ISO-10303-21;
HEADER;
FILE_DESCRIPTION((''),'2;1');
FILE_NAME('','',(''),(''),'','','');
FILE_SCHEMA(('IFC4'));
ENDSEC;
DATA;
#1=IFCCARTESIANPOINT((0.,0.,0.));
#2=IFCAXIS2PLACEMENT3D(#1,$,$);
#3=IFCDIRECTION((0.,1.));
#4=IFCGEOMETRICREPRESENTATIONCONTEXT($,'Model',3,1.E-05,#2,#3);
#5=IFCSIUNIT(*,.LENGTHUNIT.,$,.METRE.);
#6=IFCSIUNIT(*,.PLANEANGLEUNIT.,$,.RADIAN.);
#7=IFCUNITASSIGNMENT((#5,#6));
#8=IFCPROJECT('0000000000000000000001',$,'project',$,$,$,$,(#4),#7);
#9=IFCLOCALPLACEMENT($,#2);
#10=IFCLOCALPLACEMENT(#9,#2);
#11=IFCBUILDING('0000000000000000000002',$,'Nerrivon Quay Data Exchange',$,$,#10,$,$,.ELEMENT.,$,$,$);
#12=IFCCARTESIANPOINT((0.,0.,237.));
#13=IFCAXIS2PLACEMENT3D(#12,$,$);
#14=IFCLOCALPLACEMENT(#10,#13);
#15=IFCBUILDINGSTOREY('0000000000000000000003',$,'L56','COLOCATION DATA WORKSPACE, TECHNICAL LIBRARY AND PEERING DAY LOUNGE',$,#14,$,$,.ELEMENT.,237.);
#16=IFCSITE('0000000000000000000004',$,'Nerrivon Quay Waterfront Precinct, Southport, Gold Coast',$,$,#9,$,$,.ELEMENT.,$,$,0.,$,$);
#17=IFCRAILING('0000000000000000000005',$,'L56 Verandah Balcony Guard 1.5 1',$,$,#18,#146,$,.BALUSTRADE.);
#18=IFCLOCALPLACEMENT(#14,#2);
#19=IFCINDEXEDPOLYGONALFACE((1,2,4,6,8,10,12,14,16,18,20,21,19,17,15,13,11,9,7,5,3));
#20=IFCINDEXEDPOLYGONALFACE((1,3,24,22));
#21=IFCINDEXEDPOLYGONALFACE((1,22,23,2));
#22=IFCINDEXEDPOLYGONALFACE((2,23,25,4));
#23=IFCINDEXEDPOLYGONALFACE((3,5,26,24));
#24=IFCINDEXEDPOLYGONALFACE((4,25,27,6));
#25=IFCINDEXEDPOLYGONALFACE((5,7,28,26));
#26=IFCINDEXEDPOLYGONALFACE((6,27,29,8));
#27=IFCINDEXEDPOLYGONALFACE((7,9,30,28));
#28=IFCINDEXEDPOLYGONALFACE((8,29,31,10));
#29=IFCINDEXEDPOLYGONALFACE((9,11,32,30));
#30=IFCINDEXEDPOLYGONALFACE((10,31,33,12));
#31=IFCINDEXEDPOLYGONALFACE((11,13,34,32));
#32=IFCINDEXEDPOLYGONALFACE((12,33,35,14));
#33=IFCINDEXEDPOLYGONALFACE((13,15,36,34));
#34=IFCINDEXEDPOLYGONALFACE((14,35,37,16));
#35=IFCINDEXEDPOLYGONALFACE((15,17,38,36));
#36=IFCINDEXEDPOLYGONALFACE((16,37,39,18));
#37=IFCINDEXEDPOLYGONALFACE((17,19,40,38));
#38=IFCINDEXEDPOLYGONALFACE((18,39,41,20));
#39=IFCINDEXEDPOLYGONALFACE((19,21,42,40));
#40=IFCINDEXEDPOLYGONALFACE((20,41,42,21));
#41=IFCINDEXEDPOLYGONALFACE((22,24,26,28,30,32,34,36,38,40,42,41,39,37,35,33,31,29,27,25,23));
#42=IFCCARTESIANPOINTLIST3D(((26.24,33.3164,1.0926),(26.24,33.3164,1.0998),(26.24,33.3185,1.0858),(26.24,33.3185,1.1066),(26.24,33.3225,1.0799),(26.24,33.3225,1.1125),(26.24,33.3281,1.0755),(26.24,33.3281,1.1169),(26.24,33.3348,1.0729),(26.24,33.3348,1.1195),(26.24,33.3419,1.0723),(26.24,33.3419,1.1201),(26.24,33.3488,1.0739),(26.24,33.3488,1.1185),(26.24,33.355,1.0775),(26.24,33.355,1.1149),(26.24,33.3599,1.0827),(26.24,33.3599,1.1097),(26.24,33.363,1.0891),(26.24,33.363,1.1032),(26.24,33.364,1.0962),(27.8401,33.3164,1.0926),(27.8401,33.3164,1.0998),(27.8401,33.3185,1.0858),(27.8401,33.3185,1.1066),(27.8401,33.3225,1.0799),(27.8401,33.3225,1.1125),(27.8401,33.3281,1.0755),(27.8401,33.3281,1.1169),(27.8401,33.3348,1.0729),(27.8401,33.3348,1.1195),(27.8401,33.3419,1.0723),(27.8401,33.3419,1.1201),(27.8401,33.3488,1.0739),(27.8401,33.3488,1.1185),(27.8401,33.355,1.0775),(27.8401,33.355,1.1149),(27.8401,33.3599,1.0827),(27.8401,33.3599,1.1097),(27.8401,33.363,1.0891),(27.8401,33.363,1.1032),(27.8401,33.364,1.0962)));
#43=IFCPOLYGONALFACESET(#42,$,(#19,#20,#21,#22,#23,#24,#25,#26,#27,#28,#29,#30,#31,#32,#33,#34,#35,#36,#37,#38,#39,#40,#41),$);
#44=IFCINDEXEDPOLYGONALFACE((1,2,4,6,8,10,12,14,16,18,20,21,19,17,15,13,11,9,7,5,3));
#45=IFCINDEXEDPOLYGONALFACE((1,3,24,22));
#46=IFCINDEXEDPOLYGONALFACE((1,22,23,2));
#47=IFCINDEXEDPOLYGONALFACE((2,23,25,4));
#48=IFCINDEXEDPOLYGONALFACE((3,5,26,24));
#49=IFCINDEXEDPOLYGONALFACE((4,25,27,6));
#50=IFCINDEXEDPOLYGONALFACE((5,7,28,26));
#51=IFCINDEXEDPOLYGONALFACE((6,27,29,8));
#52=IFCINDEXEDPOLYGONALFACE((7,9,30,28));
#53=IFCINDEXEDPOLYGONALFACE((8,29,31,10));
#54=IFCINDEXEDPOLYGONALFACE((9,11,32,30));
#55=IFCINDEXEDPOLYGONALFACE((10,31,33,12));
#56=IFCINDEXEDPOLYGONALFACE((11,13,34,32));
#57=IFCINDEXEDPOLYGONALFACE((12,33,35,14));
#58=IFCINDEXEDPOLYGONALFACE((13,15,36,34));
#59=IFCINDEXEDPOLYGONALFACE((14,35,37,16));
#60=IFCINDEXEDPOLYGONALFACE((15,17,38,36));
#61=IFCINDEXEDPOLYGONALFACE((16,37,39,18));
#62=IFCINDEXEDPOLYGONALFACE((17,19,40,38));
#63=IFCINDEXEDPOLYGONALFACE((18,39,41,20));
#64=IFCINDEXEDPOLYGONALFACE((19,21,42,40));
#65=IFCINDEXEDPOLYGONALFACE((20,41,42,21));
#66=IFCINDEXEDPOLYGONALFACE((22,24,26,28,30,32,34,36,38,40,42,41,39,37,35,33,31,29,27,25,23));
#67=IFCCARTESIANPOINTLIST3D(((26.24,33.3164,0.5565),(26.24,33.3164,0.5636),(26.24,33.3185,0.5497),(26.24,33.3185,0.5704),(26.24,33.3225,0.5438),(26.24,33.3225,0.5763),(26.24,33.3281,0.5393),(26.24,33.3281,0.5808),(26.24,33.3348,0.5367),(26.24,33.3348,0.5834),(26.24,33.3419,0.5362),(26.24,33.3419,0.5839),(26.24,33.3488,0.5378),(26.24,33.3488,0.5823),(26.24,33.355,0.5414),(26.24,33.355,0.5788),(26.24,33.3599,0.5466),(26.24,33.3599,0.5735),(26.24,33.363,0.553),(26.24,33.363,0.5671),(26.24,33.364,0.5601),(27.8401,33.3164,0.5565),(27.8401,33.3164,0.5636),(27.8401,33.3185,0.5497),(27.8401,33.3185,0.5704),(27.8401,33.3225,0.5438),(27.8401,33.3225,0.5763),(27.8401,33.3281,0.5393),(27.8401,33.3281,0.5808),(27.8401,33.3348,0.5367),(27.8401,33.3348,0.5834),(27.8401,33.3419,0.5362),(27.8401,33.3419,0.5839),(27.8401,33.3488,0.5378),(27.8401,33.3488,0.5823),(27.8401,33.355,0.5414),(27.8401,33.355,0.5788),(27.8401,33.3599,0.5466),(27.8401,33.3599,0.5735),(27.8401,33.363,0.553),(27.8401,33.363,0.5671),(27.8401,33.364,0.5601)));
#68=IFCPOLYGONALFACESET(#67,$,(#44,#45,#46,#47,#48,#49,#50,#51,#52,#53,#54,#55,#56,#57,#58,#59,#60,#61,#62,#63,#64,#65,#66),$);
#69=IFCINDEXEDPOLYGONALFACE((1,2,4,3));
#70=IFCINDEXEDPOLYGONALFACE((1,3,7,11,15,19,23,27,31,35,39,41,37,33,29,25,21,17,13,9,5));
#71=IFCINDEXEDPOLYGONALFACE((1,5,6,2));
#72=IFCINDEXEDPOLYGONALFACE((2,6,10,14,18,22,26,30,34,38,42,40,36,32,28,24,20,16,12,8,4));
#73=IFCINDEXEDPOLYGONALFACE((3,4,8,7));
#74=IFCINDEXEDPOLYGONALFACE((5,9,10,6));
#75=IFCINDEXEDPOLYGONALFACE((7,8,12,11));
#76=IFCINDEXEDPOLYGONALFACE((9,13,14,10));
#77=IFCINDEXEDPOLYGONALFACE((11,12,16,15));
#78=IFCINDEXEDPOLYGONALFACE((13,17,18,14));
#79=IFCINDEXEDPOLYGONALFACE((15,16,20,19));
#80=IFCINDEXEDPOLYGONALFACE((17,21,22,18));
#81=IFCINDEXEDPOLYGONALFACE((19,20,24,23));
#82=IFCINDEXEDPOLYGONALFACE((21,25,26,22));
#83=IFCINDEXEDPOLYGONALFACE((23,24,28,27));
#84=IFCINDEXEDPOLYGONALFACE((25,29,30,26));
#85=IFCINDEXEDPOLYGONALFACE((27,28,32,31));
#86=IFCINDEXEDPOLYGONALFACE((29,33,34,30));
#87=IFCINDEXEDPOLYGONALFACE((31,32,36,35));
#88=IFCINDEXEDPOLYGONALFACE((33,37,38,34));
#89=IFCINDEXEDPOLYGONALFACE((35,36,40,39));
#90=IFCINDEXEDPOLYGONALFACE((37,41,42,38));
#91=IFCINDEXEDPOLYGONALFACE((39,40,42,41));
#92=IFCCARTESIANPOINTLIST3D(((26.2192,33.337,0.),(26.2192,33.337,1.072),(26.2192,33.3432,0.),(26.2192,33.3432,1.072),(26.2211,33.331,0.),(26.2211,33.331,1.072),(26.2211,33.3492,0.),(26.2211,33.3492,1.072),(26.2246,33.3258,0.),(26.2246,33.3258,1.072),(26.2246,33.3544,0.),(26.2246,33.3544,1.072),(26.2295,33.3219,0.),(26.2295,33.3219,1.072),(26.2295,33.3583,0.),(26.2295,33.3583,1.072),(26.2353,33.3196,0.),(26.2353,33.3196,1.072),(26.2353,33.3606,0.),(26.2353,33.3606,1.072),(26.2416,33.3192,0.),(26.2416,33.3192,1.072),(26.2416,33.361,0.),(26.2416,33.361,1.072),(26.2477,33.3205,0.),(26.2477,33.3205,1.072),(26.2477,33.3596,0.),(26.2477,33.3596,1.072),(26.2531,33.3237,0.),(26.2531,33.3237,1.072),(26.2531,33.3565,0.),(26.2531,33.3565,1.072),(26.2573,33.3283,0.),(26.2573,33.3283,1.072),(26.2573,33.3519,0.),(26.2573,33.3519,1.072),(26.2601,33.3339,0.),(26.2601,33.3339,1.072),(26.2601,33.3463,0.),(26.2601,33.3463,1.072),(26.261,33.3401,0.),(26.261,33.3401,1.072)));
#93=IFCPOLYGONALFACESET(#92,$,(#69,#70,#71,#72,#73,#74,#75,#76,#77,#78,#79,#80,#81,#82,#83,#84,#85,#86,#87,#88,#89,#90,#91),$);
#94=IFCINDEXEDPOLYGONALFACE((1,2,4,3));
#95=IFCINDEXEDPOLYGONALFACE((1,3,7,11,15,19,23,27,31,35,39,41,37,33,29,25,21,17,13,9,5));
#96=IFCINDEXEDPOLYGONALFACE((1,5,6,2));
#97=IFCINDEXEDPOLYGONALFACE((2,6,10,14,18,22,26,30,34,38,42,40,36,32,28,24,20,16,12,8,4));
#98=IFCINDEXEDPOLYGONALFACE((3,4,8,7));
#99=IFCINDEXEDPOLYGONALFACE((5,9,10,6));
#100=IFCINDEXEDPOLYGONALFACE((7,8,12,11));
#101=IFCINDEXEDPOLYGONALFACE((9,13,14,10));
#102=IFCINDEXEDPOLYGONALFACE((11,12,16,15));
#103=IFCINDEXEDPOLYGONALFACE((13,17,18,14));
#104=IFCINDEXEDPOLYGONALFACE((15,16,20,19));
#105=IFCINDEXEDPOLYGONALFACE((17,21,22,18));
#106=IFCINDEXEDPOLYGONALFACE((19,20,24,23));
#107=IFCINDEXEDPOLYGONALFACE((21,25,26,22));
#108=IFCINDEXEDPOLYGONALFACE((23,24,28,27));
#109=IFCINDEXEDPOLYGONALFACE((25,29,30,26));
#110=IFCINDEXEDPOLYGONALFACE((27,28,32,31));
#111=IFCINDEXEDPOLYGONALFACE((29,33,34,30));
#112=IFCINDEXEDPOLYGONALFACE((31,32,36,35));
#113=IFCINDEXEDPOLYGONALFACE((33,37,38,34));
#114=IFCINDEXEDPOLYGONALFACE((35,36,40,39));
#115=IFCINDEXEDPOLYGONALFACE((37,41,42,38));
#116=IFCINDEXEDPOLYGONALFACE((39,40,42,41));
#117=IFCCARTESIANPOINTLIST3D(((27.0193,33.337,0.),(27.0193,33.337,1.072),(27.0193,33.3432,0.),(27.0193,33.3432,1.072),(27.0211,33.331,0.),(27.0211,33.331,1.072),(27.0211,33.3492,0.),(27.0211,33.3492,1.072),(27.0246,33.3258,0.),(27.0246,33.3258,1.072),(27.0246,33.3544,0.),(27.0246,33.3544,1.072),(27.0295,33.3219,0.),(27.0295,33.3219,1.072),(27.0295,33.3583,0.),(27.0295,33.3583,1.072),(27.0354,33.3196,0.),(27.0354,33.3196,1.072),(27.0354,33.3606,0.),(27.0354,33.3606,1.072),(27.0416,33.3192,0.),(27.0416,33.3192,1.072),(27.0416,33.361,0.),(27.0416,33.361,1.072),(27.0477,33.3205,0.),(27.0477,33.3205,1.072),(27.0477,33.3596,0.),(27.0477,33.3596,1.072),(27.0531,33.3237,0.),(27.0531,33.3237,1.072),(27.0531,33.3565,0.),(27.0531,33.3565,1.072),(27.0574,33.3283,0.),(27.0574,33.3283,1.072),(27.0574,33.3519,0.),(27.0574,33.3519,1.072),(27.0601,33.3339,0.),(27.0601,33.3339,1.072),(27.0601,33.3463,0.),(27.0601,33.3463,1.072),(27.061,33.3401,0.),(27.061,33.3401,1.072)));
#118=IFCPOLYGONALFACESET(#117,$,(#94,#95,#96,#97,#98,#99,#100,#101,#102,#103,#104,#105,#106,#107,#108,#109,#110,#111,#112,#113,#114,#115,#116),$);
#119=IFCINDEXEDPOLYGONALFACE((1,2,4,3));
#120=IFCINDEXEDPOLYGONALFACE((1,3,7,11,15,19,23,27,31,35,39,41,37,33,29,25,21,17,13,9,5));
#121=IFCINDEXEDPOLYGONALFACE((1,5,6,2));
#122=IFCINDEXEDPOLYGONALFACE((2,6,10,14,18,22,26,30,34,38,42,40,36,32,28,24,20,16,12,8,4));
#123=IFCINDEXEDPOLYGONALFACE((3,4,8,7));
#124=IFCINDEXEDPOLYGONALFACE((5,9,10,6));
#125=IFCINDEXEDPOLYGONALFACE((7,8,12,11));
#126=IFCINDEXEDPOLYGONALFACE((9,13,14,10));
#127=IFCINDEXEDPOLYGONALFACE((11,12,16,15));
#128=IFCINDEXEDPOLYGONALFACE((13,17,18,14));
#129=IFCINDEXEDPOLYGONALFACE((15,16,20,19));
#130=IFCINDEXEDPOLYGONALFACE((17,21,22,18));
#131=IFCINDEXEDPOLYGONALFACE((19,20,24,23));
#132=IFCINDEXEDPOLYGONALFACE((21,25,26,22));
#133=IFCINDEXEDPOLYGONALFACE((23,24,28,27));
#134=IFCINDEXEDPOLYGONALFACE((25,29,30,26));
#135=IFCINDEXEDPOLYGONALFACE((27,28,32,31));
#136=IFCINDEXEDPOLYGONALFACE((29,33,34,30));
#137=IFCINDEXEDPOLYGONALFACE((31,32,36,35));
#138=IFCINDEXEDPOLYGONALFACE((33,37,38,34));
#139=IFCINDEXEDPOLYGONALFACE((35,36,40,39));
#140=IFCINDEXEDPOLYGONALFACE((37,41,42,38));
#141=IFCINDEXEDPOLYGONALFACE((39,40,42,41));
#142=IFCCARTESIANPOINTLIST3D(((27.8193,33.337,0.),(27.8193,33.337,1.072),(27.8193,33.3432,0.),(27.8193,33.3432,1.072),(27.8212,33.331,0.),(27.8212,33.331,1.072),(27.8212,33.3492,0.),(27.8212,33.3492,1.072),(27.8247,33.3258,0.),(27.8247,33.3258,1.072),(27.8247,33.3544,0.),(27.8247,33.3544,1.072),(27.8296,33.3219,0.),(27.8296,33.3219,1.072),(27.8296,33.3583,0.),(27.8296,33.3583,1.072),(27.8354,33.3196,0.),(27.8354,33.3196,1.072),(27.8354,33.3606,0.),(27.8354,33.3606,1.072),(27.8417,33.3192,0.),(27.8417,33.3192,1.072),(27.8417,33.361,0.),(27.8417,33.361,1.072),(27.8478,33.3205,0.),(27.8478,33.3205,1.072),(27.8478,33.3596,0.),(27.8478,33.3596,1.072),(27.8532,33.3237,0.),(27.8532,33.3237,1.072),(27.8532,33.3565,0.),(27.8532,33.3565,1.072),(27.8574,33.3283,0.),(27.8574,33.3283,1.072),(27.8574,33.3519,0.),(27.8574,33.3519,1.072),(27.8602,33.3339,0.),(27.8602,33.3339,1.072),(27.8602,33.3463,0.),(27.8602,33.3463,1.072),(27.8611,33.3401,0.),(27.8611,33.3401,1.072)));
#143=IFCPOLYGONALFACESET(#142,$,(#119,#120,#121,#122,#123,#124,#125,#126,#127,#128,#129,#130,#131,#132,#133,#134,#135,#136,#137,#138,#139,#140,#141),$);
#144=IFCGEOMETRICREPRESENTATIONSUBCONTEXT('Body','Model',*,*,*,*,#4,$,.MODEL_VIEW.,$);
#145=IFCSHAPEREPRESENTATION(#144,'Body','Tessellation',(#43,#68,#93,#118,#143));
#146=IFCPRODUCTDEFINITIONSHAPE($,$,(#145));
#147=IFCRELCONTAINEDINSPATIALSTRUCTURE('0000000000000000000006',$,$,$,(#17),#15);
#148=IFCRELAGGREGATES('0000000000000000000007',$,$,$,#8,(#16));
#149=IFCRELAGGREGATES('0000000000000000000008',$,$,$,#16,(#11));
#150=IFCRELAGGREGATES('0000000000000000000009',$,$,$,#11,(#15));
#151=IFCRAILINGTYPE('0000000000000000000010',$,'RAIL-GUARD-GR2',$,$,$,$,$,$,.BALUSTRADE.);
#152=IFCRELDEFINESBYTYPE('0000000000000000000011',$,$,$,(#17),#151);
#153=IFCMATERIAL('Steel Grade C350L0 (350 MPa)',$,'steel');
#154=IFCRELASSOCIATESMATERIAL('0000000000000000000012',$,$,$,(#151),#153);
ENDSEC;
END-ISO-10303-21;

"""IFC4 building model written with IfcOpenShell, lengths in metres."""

from ifc_helpers import new_model, si_unit, direction, frame, origin, origin_2d, place, context, subcontext, project, spatial, circle, extrude, material, type_object, element, save


model = new_model("IFC4")

# Units and contexts
model_context = context("Model", 3, precision=1e-05, world=origin(), true_north=direction((0.0, 1.0)))
body_context = subcontext(model_context, "Body", "Model", "MODEL_VIEW")
ifc_project = project(units=[si_unit("LENGTHUNIT", "METRE"), si_unit("PLANEANGLEUNIT", "RADIAN")], contexts=[model_context])

# Site, building, storey
site_placement = place(None, origin())
site = spatial("IfcSite", under=ifc_project, at=site_placement, Name="Nerrivon Quay Waterfront Precinct, Southport, Gold Coast", CompositionType="ELEMENT", RefElevation=0.0)
building_placement = place(site_placement, origin())
building = spatial("IfcBuilding", under=site, at=building_placement, Name="Nerrivon Quay Data Exchange", CompositionType="ELEMENT")
storey_placement = place(building_placement, frame((0.0, 0.0, 237.0)))
storey = spatial("IfcBuildingStorey", under=building, at=storey_placement, Name="L56", Description="COLOCATION DATA WORKSPACE, TECHNICAL LIBRARY AND PEERING DAY LOUNGE", CompositionType="ELEMENT", Elevation=237.0)

# Shared definitions
ifc_material_1 = material(Name="Steel Grade C350L0 (350 MPa)", Category="steel")

# Railing
railing_type = type_object("IfcRailingType", Name="RAIL-GUARD-GR2", PredefinedType="BALUSTRADE", material=ifc_material_1)
railing_1_placement = place(storey_placement, frame((26.24, 33.3401, 0.0)))
element("IfcRailing", 1, at=railing_1_placement, inside=storey, type_object=railing_type, Name="L56 Verandah Balcony Guard 1.5 1", PredefinedType="BALUSTRADE", context=body_context, shape_type="SweptSolid", body=[
    extrude(circle(Radius=0.0239, at=origin_2d()), frame((0.0, 0.0, 1.0962), z_axis=(1.0, 0.0, 0.0), x_axis=(0.0, 1.0, 0.0)), (0.0, 0.0, 1.0), 1.6001),
    extrude(circle(Radius=0.0239, at=origin_2d()), frame((0.0, 0.0, 0.5601), z_axis=(1.0, 0.0, 0.0), x_axis=(0.0, 1.0, 0.0)), (0.0, 0.0, 1.0), 1.6001),
    extrude(circle(Radius=0.021, at=origin_2d()), origin(), (0.0, 0.0, 1.0), 1.072),
    extrude(circle(Radius=0.021, at=origin_2d()), frame((0.8, 0.0, 0.0)), (0.0, 0.0, 1.0), 1.072),
    extrude(circle(Radius=0.021, at=origin_2d()), frame((1.6001, 0.0, 0.0)), (0.0, 0.0, 1.0), 1.072),
])

save(model, "model.ifc")
